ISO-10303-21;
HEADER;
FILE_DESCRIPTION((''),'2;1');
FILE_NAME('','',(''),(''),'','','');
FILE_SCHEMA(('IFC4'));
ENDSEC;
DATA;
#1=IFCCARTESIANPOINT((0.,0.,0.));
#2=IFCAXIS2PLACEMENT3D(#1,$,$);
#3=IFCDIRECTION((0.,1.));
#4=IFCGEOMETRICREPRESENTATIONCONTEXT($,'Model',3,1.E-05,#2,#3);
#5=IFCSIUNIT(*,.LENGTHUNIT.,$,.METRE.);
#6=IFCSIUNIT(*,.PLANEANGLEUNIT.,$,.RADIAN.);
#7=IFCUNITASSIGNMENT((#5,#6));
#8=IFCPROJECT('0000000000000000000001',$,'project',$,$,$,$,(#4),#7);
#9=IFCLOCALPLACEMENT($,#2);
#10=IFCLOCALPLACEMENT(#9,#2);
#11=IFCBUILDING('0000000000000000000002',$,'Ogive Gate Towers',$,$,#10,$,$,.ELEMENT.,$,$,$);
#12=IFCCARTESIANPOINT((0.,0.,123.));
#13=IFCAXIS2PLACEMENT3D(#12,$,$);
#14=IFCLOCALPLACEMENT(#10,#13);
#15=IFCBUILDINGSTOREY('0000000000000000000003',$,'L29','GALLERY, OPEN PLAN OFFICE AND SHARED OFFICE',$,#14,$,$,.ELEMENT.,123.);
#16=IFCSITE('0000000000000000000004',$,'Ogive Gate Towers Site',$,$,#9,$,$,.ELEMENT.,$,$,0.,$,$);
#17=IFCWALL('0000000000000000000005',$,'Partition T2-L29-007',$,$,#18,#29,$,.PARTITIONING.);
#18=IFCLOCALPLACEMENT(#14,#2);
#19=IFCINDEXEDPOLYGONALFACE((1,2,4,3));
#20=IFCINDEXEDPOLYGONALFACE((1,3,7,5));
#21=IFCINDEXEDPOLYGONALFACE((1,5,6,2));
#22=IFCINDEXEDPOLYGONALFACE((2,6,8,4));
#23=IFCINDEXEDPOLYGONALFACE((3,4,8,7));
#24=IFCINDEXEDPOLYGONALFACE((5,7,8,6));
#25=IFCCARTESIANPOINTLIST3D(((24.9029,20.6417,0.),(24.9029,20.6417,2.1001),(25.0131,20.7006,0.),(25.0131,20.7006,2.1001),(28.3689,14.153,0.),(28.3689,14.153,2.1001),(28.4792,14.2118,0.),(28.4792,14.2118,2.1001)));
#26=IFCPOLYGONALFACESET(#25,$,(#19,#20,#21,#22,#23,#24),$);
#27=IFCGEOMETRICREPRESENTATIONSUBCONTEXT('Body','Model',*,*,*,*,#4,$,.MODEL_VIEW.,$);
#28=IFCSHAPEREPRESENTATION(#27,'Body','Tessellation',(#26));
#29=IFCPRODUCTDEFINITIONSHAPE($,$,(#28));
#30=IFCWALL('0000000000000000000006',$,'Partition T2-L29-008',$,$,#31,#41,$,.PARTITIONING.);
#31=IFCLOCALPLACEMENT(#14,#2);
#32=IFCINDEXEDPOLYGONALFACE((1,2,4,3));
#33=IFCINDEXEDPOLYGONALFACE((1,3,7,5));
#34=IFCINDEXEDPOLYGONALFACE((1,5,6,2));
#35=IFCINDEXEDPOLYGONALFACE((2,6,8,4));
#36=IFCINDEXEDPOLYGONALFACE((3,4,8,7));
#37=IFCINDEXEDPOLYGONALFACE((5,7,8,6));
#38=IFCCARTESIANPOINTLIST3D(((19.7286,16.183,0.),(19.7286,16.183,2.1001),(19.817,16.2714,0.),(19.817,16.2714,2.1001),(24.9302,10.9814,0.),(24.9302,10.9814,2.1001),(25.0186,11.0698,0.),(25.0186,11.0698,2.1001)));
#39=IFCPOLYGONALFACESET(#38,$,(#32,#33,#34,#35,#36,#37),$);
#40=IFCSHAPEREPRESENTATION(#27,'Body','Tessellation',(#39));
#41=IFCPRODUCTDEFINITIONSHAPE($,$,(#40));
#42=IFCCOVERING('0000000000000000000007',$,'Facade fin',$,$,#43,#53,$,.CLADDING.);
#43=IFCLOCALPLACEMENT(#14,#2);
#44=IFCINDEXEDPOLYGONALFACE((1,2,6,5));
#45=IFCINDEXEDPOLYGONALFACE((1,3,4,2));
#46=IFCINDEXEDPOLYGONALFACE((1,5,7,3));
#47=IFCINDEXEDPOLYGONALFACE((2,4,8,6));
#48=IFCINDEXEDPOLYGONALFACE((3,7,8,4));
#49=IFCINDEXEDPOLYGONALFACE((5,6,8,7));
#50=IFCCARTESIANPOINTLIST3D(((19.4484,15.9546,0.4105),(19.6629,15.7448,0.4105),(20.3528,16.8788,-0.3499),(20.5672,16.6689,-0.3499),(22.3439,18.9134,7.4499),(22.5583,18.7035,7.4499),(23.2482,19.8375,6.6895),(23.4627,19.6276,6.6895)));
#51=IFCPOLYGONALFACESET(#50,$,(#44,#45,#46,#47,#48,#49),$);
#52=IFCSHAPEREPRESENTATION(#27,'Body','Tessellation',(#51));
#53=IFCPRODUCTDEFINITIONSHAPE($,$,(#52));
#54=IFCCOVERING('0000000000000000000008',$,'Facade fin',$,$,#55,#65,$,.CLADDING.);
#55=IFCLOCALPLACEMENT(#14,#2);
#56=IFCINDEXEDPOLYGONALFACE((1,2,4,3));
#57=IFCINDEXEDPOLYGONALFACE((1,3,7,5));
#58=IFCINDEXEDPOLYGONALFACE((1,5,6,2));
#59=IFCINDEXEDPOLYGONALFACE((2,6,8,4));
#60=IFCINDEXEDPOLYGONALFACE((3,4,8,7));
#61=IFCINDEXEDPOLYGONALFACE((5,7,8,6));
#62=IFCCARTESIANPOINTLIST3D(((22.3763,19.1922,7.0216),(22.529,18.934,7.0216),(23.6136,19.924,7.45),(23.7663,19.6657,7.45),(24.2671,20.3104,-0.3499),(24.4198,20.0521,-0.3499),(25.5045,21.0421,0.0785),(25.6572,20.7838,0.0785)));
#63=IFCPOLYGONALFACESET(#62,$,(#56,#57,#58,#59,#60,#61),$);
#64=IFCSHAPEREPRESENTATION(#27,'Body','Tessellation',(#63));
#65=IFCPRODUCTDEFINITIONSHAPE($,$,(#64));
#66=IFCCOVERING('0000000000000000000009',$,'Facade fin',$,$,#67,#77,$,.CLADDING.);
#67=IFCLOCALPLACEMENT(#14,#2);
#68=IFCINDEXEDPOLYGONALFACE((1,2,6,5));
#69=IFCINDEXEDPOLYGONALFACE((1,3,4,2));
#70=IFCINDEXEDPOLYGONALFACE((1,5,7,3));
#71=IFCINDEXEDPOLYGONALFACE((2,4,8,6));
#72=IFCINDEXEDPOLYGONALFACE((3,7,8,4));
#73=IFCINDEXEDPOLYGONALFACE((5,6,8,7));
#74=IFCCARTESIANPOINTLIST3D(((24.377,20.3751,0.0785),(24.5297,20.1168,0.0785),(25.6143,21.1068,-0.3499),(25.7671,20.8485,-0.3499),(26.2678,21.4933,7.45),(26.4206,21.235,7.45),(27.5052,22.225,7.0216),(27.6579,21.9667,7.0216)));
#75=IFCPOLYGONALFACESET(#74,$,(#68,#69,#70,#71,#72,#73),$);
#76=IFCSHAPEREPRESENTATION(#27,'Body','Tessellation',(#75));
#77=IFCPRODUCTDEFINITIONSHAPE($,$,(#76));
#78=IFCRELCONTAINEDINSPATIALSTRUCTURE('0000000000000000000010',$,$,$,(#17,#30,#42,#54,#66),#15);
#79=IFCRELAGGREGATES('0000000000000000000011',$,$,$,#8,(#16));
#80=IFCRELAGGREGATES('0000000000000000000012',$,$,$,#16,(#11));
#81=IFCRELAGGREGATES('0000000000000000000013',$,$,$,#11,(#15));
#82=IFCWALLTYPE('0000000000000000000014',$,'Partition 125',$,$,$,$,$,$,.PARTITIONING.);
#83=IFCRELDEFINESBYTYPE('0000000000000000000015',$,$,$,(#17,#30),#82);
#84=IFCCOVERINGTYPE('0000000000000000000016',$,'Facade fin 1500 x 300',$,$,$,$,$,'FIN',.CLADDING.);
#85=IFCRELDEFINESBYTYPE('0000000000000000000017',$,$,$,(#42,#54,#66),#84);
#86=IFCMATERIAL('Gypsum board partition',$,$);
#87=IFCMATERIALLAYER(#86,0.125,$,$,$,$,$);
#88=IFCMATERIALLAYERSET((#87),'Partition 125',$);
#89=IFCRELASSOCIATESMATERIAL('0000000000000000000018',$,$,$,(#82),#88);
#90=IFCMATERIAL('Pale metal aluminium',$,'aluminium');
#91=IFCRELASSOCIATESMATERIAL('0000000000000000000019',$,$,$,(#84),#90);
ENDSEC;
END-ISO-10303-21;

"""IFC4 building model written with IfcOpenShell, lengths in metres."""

from ifc_helpers import new_model, si_unit, direction, frame, frame_2d, origin, origin_2d, place, context, subcontext, project, spatial, rectangle, extrude, material, layer, layer_set, material_profile, profile_set, type_object, element, save


model = new_model("IFC4")

# Units and contexts
model_context = context("Model", 3, precision=1e-05, world=origin(), true_north=direction((0.0, 1.0)))
body_context = subcontext(model_context, "Body", "Model", "MODEL_VIEW")
ifc_project = project(units=[si_unit("LENGTHUNIT", "METRE"), si_unit("PLANEANGLEUNIT", "RADIAN")], contexts=[model_context])

# Site, building, storey
site_placement = place(None, origin())
site = spatial("IfcSite", under=ifc_project, at=site_placement, Name="Ogive Gate Towers Site", CompositionType="ELEMENT", RefElevation=0.0)
building_placement = place(site_placement, origin())
building = spatial("IfcBuilding", under=site, at=building_placement, Name="Ogive Gate Towers", CompositionType="ELEMENT")
storey_placement = place(building_placement, frame((0.0, 0.0, 123.0)))
storey = spatial("IfcBuildingStorey", under=building, at=storey_placement, Name="L29", Description="GALLERY, OPEN PLAN OFFICE AND SHARED OFFICE", CompositionType="ELEMENT", Elevation=123.0)

# Shared definitions
ifc_material_1 = material(Name="Pale metal aluminium", Category="aluminium")

# Walls
ifc_material_2 = material(Name="Gypsum board partition")
ifc_layer_1 = layer(ifc_material_2, 0.125)
ifc_layer_set_1 = layer_set([ifc_layer_1], Name="Partition 125")
wall_type = type_object("IfcWallType", Name="Partition 125", PredefinedType="PARTITIONING", material=ifc_layer_set_1)
wall_1_placement = place(storey_placement, frame((24.958, 20.6711, 0.0), z_axis=(0.0, 0.0, 1.0), x_axis=(0.471158, -0.882049, 0.0)))
element("IfcWall", 1, at=wall_1_placement, inside=storey, type_object=wall_type, Name="Partition T2-L29-007", PredefinedType="PARTITIONING", context=body_context, shape_type="SweptSolid", body=[
    extrude(rectangle(XDim=7.3564, YDim=0.125, at=frame_2d((3.6782, 0.0))), origin(), (0.0, 0.0, 1.0), 2.1001),
])
wall_2_placement = place(storey_placement, frame((19.7727, 16.2273, 0.0), z_axis=(0.0, 0.0, 1.0), x_axis=(0.707107, -0.707107, 0.0)))
element("IfcWall", 2, at=wall_2_placement, inside=storey, type_object=wall_type, Name="Partition T2-L29-008", PredefinedType="PARTITIONING", context=body_context, shape_type="SweptSolid", body=[
    extrude(rectangle(XDim=7.3562, YDim=0.125, at=frame_2d((3.6782, 0.0))), origin(), (0.0, 0.0, 1.0), 2.1001),
])

# Coverings
ifc_material_profile_1 = material_profile(ifc_material_1, rectangle(XDim=0.3, YDim=1.5, at=origin_2d()), Name="1500 x 300 pale metal aluminium")
ifc_profile_set_1 = profile_set([ifc_material_profile_1], Name="Pale metal aluminium")
covering_type = type_object("IfcCoveringType", Name="Facade fin 1500 x 300", ElementType="FIN", PredefinedType="CLADDING", material=ifc_profile_set_1)
covering_placement = place(storey_placement, frame((20.0078, 16.3118, 0.0303), z_axis=(0.354555, 0.362298, 0.861993), x_axis=(-0.714703, 0.699428, 0.0)))
element("IfcCovering", 3, at=covering_placement, inside=storey, type_object=covering_type, Name="Facade fin", PredefinedType="CLADDING", context=body_context, shape_type="SweptSolid", body=[
    extrude(rectangle(XDim=0.3, YDim=1.5, at=origin_2d()), origin(), (0.0, 0.0, 1.0), 8.1665),
])
for number, where, z_axis, x_axis, name in (
    (4, (24.9622, 20.5471, -0.1357), (-0.245825, -0.145368, 0.958352), (0.50901, -0.860761, 0.0), "Facade fin"),
    (5, (25.072, 20.6118, -0.1357), (0.245825, 0.145368, 0.958352), (-0.50901, 0.860761, 0.0), "Facade fin"),
):
    element("IfcCovering", number, at=place(storey_placement, frame(where, z_axis=z_axis, x_axis=x_axis)), inside=storey, type_object=covering_type, Name=name, PredefinedType="CLADDING", context=body_context, shape_type="SweptSolid", body=[
        extrude(rectangle(XDim=0.3, YDim=1.5, at=origin_2d()), origin(), (0.0, 0.0, 1.0), 7.6919),
    ])

save(model, "model.ifc")
